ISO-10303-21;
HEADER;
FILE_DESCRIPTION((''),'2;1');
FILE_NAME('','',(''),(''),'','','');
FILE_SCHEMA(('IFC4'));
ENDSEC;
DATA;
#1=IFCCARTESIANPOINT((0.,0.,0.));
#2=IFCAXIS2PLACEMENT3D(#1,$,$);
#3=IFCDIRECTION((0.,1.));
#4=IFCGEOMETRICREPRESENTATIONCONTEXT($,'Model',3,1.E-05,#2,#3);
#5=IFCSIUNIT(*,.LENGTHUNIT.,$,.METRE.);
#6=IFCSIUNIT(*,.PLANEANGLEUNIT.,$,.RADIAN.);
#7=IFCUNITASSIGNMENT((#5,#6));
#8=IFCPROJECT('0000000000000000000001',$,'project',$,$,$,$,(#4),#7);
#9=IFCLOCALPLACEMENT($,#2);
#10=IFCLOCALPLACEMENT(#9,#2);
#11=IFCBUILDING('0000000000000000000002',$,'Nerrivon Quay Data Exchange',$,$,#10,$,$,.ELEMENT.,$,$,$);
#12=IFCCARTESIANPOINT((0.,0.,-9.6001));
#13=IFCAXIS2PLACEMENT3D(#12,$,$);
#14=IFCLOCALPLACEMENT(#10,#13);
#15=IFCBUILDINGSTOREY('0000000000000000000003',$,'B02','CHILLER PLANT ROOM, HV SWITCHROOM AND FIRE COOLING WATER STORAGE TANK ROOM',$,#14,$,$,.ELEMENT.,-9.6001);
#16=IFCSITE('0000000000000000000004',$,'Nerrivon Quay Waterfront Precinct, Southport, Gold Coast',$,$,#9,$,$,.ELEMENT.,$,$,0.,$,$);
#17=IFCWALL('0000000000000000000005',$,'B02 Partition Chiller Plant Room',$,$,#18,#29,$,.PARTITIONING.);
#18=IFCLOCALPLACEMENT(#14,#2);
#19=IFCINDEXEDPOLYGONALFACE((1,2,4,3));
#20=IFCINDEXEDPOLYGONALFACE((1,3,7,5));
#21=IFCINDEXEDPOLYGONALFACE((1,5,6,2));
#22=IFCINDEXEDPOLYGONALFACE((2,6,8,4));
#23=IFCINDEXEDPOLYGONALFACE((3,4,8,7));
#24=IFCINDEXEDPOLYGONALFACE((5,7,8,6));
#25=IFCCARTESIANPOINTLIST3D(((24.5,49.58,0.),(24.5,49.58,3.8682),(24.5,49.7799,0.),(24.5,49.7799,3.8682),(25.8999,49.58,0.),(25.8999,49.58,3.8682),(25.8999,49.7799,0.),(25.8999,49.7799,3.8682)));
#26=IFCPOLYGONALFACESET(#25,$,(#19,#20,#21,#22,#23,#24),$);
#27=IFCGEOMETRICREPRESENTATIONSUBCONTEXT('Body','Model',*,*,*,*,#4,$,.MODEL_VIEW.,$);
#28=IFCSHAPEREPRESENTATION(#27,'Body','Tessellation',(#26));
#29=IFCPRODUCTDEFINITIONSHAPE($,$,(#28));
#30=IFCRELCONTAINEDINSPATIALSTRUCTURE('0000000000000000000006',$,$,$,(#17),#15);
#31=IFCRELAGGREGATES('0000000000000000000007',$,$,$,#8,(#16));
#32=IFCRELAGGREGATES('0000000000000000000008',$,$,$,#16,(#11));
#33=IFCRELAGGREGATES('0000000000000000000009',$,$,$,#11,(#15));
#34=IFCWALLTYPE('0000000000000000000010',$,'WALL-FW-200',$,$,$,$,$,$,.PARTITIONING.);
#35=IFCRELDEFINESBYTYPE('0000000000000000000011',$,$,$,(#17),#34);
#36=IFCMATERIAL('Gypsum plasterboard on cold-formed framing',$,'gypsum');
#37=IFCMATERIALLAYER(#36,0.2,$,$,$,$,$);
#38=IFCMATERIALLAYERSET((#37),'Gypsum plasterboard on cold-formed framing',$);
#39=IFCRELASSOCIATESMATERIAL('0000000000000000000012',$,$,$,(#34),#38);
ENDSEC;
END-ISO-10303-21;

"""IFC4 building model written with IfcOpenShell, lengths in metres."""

from ifc_helpers import new_model, si_unit, direction, frame, frame_2d, origin, place, context, subcontext, project, spatial, rectangle, extrude, material, layer, layer_set, type_object, element, save


model = new_model("IFC4")

# Units and contexts
model_context = context("Model", 3, precision=1e-05, world=origin(), true_north=direction((0.0, 1.0)))
body_context = subcontext(model_context, "Body", "Model", "MODEL_VIEW")
ifc_project = project(units=[si_unit("LENGTHUNIT", "METRE"), si_unit("PLANEANGLEUNIT", "RADIAN")], contexts=[model_context])

# Site, building, storey
site_placement = place(None, origin())
site = spatial("IfcSite", under=ifc_project, at=site_placement, Name="Nerrivon Quay Waterfront Precinct, Southport, Gold Coast", CompositionType="ELEMENT", RefElevation=0.0)
building_placement = place(site_placement, origin())
building = spatial("IfcBuilding", under=site, at=building_placement, Name="Nerrivon Quay Data Exchange", CompositionType="ELEMENT")
storey_placement = place(building_placement, frame((0.0, 0.0, -9.6001)))
storey = spatial("IfcBuildingStorey", under=building, at=storey_placement, Name="B02", Description="CHILLER PLANT ROOM, HV SWITCHROOM AND FIRE COOLING WATER STORAGE TANK ROOM", CompositionType="ELEMENT", Elevation=-9.6001)

# Wall
ifc_material_1 = material(Name="Gypsum plasterboard on cold-formed framing", Category="gypsum")
ifc_layer = layer(ifc_material_1, 0.2)
ifc_layer_set = layer_set([ifc_layer], Name="Gypsum plasterboard on cold-formed framing")
wall_type = type_object("IfcWallType", Name="WALL-FW-200", PredefinedType="PARTITIONING", material=ifc_layer_set)
wall_1_placement = place(storey_placement, frame((25.8999, 49.6799, 0.0), z_axis=(0.0, 0.0, 1.0), x_axis=(-1.0, 0.0, 0.0)))
element("IfcWall", 1, at=wall_1_placement, inside=storey, type_object=wall_type, Name="B02 Partition Chiller Plant Room", PredefinedType="PARTITIONING", context=body_context, shape_type="SweptSolid", body=[
    extrude(rectangle(XDim=1.3999, YDim=0.2, at=frame_2d((0.7, 0.0))), origin(), (0.0, 0.0, 1.0), 3.8682),
])

save(model, "model.ifc")
